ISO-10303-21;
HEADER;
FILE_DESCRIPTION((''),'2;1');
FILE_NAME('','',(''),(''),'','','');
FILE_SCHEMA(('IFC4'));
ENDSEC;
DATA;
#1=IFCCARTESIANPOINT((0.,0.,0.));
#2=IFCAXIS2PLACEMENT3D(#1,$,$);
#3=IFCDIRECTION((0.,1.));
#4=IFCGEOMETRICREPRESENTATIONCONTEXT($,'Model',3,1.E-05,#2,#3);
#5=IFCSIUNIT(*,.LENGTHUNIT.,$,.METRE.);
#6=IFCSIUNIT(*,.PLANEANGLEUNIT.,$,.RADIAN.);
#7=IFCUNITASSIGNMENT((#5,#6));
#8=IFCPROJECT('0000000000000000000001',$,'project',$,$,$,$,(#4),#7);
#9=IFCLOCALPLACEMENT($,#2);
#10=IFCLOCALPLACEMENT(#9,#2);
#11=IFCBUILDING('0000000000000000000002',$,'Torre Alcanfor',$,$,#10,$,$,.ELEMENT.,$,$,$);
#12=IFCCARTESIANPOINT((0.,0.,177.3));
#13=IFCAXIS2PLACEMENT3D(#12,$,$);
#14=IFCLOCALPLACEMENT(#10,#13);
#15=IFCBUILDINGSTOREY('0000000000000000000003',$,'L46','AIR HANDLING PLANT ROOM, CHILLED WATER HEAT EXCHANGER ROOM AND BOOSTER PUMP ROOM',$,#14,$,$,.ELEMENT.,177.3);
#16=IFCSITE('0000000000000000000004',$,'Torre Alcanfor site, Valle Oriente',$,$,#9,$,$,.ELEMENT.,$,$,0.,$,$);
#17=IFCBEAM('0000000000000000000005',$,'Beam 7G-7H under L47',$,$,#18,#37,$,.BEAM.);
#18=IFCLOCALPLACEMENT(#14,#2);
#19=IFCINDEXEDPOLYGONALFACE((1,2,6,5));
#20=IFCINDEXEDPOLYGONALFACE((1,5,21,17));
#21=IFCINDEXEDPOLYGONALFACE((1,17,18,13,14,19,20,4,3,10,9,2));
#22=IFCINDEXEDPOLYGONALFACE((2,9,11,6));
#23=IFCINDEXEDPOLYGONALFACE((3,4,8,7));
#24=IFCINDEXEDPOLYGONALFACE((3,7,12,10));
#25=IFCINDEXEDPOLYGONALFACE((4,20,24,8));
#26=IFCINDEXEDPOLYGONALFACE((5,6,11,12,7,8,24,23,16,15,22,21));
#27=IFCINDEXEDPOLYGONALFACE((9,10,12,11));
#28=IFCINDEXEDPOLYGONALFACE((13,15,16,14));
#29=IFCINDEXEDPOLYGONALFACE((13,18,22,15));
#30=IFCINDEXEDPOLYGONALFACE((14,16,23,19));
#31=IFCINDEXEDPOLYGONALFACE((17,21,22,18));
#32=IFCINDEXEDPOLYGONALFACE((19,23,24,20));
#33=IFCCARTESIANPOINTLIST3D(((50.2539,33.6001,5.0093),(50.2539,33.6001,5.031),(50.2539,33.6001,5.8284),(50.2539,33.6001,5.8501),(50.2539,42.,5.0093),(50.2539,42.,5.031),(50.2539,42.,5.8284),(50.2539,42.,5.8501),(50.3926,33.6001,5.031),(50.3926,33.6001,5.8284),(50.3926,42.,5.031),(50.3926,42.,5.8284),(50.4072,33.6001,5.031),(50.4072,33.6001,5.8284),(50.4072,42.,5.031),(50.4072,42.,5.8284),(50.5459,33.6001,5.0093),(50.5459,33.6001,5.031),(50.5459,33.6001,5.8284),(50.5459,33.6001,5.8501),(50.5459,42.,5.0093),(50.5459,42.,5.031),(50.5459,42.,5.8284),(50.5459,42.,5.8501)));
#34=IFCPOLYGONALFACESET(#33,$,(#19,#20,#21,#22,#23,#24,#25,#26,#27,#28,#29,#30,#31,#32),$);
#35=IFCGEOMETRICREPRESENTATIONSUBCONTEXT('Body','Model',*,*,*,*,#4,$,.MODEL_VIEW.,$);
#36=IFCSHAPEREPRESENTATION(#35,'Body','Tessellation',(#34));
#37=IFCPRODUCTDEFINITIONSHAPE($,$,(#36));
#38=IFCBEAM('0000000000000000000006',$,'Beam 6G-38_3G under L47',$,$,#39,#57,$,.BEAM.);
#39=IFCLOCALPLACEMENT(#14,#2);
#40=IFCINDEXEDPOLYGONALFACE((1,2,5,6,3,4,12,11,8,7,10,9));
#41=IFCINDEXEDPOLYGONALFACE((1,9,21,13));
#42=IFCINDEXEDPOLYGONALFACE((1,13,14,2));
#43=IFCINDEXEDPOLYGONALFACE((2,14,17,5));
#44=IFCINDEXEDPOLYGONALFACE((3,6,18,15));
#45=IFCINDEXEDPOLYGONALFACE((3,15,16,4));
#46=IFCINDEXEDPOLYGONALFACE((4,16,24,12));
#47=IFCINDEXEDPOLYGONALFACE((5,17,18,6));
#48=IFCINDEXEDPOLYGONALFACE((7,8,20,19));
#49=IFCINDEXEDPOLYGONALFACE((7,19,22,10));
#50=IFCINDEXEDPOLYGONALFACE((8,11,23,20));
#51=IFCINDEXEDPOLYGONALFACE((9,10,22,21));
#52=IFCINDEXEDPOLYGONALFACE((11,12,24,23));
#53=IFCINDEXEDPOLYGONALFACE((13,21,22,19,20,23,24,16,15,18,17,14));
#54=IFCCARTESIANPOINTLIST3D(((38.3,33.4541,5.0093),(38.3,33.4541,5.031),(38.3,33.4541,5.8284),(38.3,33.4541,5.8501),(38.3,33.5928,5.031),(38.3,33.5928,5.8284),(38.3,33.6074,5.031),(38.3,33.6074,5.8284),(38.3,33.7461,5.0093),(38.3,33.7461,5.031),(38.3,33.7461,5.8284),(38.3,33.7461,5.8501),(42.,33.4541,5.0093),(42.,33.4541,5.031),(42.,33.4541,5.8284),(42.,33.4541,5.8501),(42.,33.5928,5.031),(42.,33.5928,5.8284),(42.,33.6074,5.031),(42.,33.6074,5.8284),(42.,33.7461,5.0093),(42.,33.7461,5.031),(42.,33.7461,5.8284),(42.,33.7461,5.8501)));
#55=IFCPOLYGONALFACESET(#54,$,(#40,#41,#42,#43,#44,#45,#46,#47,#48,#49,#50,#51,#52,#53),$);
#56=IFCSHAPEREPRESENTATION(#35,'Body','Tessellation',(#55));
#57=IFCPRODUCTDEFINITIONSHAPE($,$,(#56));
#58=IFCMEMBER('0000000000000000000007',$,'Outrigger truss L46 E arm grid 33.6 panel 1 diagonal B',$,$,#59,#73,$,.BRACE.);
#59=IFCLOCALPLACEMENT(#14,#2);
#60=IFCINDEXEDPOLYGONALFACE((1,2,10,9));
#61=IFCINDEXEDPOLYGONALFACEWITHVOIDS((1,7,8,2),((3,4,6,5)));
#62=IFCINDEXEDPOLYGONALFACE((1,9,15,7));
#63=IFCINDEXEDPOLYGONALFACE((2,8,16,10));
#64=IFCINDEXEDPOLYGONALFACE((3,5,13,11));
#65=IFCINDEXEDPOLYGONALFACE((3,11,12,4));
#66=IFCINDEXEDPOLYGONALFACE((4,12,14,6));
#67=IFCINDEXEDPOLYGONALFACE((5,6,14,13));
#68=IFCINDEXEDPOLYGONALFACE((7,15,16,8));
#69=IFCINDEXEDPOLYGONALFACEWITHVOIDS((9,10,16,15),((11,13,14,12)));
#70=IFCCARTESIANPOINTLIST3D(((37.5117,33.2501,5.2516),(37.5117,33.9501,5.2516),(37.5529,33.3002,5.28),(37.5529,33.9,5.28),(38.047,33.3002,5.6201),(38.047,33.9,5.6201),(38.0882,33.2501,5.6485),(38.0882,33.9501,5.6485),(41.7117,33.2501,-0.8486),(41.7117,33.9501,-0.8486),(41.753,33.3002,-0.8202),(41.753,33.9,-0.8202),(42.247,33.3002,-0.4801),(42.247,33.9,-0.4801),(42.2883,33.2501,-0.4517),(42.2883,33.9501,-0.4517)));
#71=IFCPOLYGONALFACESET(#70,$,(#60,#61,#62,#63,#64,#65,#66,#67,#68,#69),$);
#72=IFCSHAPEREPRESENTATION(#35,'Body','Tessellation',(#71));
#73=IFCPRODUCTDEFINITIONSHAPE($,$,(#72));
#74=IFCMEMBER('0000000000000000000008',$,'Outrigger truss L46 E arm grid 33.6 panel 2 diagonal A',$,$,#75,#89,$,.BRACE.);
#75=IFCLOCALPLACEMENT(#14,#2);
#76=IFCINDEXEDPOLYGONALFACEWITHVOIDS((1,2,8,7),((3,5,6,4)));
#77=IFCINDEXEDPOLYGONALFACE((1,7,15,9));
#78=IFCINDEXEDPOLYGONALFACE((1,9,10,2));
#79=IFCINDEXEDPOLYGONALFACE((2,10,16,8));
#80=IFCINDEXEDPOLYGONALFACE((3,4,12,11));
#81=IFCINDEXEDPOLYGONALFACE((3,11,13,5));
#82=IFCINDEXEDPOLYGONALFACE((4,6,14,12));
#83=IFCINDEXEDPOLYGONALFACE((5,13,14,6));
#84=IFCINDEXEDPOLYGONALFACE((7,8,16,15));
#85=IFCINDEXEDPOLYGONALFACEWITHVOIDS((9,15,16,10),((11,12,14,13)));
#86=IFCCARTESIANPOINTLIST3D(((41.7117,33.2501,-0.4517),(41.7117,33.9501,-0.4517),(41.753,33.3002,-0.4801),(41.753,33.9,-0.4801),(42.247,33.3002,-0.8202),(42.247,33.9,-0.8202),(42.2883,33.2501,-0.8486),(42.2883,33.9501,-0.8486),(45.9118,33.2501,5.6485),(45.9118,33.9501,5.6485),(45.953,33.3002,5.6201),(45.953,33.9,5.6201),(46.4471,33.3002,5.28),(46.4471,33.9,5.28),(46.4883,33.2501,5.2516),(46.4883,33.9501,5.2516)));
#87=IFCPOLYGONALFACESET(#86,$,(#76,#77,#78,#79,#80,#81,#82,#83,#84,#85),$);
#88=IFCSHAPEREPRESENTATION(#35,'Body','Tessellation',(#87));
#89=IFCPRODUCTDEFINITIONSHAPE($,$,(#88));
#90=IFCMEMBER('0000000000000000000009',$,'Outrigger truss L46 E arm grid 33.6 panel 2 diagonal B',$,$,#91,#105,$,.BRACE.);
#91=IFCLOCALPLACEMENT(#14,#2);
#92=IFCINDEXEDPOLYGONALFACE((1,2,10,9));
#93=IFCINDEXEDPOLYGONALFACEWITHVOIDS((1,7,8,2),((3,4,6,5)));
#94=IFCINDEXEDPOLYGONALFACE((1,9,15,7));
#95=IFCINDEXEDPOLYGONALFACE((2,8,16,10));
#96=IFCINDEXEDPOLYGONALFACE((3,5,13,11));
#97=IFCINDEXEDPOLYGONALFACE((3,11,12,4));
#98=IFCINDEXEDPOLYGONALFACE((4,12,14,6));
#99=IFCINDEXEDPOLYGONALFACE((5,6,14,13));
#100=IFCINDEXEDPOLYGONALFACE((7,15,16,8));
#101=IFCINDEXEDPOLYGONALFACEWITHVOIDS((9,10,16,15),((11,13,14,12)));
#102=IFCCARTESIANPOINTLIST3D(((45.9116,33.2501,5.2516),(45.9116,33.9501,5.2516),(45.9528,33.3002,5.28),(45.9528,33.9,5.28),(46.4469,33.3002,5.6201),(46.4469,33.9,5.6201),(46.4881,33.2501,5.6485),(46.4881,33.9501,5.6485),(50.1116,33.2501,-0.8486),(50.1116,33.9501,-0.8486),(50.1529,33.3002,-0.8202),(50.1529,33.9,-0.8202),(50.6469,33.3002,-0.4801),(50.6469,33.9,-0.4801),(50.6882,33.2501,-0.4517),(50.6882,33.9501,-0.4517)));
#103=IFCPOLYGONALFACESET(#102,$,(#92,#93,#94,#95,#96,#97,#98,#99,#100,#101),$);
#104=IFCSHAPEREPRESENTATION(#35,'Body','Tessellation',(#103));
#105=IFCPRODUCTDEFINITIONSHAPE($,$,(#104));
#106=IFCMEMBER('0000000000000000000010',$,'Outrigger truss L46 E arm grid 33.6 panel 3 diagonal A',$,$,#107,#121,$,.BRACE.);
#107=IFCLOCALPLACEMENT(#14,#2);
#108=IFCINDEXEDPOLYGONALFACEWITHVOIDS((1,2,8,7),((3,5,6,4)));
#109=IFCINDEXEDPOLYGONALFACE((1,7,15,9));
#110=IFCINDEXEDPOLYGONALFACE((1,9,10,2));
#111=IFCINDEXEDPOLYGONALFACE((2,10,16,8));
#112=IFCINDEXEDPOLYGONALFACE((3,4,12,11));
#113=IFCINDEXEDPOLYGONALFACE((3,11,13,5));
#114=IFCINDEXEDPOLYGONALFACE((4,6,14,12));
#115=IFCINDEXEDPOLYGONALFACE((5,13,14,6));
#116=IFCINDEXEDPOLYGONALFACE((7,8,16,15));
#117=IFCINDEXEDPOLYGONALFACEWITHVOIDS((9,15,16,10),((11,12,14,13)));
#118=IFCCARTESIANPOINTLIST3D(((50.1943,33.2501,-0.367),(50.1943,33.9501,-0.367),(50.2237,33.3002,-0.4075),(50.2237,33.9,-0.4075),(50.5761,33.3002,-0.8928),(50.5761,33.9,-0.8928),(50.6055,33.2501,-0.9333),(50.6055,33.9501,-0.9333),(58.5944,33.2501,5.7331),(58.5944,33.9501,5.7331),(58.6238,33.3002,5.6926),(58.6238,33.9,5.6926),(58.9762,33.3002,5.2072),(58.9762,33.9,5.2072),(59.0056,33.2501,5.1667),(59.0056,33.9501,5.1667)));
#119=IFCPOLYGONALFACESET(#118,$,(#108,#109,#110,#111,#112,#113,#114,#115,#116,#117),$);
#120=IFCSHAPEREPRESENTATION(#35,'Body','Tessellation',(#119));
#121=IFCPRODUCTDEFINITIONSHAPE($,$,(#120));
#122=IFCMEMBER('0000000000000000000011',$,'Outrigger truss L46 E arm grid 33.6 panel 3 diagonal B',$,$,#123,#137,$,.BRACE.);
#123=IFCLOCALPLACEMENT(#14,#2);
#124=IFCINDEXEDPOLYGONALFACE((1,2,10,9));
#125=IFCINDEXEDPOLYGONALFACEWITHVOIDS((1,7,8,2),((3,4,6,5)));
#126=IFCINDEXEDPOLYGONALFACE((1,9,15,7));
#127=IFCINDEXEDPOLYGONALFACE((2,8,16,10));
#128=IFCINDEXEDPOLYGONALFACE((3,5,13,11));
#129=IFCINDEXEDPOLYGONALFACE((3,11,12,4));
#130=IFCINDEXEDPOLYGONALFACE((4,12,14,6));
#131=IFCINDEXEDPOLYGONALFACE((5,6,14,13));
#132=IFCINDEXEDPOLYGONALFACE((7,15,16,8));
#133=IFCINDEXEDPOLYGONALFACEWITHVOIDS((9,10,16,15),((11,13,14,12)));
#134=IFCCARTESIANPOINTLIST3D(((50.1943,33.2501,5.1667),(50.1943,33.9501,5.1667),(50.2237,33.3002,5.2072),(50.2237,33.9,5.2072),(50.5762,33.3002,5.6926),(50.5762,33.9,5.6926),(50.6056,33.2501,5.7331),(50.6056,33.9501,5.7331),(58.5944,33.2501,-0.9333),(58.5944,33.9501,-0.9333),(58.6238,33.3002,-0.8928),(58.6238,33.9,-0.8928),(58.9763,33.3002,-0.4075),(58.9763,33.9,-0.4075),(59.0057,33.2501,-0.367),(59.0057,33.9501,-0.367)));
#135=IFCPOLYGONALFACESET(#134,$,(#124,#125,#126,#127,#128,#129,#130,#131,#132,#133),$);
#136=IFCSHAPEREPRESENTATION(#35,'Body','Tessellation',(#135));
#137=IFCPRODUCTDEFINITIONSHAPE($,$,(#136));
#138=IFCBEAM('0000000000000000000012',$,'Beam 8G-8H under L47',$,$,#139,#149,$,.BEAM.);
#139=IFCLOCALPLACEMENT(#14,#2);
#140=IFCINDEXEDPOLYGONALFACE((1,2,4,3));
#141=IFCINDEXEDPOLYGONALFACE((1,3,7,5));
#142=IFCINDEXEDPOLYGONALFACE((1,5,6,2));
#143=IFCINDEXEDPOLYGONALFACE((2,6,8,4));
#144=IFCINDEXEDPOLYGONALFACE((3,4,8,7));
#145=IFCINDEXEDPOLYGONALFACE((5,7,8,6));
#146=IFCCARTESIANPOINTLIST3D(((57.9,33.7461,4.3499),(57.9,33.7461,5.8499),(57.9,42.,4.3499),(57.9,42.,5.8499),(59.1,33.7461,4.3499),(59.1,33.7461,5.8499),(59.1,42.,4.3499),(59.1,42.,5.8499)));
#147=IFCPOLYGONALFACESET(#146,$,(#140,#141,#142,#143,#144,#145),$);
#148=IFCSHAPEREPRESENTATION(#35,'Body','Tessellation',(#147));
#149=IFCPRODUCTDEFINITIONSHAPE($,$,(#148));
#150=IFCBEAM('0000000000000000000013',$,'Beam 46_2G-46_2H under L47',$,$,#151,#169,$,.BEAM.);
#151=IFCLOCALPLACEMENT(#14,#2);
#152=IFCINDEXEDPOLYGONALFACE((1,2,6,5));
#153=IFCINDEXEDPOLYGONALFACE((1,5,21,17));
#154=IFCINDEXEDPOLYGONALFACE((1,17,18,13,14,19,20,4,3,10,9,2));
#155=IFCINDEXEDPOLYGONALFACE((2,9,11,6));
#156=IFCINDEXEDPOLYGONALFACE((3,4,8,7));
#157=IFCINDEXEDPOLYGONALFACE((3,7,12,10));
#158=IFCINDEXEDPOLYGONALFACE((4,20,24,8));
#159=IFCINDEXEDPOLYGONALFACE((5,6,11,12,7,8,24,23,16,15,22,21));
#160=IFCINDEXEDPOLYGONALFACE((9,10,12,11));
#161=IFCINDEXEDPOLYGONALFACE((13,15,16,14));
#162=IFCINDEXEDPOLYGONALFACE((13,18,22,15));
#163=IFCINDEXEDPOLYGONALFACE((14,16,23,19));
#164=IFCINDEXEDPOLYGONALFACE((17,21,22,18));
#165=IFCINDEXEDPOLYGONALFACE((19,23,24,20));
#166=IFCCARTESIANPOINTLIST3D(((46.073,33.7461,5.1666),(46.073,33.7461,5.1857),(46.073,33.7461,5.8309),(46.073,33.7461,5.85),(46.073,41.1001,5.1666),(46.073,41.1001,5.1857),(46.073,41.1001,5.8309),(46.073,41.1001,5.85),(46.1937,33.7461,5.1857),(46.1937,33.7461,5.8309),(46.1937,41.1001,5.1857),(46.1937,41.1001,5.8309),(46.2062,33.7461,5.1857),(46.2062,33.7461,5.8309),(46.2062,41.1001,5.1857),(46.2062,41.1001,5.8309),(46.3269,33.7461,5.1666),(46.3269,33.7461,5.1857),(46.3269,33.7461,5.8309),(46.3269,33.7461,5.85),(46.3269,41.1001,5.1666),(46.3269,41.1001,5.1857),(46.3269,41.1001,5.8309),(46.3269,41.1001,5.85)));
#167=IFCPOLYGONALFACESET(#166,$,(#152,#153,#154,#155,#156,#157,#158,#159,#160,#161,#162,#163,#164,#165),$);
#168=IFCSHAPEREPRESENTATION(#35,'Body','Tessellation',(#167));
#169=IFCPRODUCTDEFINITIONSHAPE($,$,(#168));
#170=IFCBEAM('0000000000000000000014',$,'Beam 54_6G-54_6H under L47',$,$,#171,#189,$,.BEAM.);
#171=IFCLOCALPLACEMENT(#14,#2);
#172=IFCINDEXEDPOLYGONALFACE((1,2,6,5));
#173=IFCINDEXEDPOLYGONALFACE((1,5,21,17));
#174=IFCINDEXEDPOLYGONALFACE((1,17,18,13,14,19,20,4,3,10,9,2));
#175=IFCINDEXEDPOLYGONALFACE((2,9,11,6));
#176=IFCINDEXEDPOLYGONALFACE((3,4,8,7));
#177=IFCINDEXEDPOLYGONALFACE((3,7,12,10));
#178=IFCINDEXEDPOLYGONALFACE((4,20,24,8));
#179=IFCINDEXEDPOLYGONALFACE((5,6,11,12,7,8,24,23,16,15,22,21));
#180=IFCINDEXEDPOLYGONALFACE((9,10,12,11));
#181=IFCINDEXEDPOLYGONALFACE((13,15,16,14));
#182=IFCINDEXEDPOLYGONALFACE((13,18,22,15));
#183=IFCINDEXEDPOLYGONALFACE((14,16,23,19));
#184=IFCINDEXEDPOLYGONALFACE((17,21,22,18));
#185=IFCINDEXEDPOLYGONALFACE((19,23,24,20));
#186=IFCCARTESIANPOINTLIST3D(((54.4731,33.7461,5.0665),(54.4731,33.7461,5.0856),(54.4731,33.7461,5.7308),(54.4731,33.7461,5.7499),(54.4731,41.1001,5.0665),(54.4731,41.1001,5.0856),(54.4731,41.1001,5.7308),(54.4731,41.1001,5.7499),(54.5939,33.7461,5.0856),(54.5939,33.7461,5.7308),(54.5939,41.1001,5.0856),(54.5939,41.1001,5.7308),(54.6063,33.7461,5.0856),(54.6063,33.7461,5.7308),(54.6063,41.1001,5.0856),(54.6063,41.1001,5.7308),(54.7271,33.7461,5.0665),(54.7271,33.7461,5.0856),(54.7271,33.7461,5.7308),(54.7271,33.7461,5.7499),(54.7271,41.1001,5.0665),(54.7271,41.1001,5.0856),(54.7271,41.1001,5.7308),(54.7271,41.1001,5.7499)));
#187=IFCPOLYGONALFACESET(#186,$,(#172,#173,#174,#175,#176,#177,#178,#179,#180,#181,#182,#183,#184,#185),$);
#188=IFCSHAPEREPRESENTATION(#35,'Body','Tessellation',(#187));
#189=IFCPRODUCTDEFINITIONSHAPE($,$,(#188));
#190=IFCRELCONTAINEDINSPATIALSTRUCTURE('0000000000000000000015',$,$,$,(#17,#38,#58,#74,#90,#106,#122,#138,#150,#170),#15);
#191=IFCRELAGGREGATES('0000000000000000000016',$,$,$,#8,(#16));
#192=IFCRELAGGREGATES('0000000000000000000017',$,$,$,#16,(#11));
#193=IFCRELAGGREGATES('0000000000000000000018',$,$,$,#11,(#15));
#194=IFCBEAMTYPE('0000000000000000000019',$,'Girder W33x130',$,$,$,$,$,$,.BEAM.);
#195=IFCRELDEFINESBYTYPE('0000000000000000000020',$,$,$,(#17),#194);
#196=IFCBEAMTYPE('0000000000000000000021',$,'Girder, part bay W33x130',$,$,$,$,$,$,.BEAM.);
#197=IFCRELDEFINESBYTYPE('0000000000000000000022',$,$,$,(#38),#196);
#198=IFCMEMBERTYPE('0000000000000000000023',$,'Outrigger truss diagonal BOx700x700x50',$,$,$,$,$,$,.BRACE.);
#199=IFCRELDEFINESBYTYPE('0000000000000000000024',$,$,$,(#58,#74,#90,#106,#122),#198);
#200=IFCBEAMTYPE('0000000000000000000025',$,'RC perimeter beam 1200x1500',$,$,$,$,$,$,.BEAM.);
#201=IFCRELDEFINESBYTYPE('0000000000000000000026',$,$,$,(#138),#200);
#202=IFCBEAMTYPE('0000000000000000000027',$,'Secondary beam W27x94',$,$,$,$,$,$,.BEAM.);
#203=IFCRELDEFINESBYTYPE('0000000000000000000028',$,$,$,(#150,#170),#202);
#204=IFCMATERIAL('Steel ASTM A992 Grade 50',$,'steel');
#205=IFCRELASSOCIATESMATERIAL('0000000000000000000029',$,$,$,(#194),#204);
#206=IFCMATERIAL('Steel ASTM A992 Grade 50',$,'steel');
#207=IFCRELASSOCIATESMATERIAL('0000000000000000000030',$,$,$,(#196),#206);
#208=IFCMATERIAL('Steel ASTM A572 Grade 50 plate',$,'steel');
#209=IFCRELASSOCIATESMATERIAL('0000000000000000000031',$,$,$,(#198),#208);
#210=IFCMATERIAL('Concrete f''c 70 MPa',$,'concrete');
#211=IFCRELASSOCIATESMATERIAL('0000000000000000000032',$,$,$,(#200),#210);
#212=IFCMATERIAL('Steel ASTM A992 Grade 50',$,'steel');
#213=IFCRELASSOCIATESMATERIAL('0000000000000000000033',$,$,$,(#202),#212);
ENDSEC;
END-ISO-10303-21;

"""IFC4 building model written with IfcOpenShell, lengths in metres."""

from ifc_helpers import new_model, si_unit, direction, frame, origin, origin_2d, place, context, subcontext, project, spatial, rectangle, hollow_rectangle, i_section, extrude, material, material_profile, profile_set, type_object, element, save


model = new_model("IFC4")

# Units and contexts
model_context = context("Model", 3, precision=1e-05, world=origin(), true_north=direction((0.0, 1.0)))
body_context = subcontext(model_context, "Body", "Model", "MODEL_VIEW")
ifc_project = project(units=[si_unit("LENGTHUNIT", "METRE"), si_unit("PLANEANGLEUNIT", "RADIAN")], contexts=[model_context])

# Site, building, storey
site_placement = place(None, origin())
site = spatial("IfcSite", under=ifc_project, at=site_placement, Name="Torre Alcanfor site, Valle Oriente", CompositionType="ELEMENT", RefElevation=0.0)
building_placement = place(site_placement, origin())
building = spatial("IfcBuilding", under=site, at=building_placement, Name="Torre Alcanfor", CompositionType="ELEMENT")
storey_placement = place(building_placement, frame((0.0, 0.0, 177.3)))
storey = spatial("IfcBuildingStorey", under=building, at=storey_placement, Name="L46", Description="AIR HANDLING PLANT ROOM, CHILLED WATER HEAT EXCHANGER ROOM AND BOOSTER PUMP ROOM", CompositionType="ELEMENT", Elevation=177.3)

# Beams
ifc_material_1 = material(Name="Steel ASTM A992 Grade 50", Category="steel")
ifc_material_profile_1 = material_profile(ifc_material_1, i_section(OverallWidth=0.292, OverallDepth=0.8408, WebThickness=0.0146, FlangeThickness=0.0217, at=origin_2d()), Name="W33x130")
ifc_profile_set_1 = profile_set([ifc_material_profile_1], Name="Steel ASTM A992 Grade 50")
beam_type_1 = type_object("IfcBeamType", Name="Girder W33x130", PredefinedType="BEAM", material=ifc_profile_set_1)
for number, where, z_axis, x_axis, name in (
    (1, (50.3999, 33.6001, 5.4297), (0.0, 1.0, 0.0), (-1.0, 0.0, 0.0), "Beam 7G-7H under L47"),
):
    element("IfcBeam", number, at=place(storey_placement, frame(where, z_axis=z_axis, x_axis=x_axis)), inside=storey, type_object=beam_type_1, Name=name, PredefinedType="BEAM", context=body_context, shape_type="SweptSolid", body=[
        extrude(i_section(OverallWidth=0.292, OverallDepth=0.8408, WebThickness=0.0146, FlangeThickness=0.0217, at=origin_2d()), origin(), (0.0, 0.0, 1.0), 8.3999),
    ])
ifc_material_2 = material(Name="Steel ASTM A992 Grade 50", Category="steel")
ifc_material_profile_2 = material_profile(ifc_material_2, i_section(OverallWidth=0.292, OverallDepth=0.8408, WebThickness=0.0146, FlangeThickness=0.0217, at=origin_2d()), Name="W33x130")
ifc_profile_set_2 = profile_set([ifc_material_profile_2], Name="Steel ASTM A992 Grade 50")
beam_type_2 = type_object("IfcBeamType", Name="Girder, part bay W33x130", PredefinedType="BEAM", material=ifc_profile_set_2)
beam_1_placement = place(storey_placement, frame((42.0, 33.6001, 5.4297), z_axis=(-1.0, 0.0, 0.0), x_axis=(0.0, -1.0, 0.0)))
element("IfcBeam", 2, at=beam_1_placement, inside=storey, type_object=beam_type_2, Name="Beam 6G-38_3G under L47", PredefinedType="BEAM", context=body_context, shape_type="SweptSolid", body=[
    extrude(i_section(OverallWidth=0.292, OverallDepth=0.8408, WebThickness=0.0146, FlangeThickness=0.0217, at=origin_2d()), origin(), (0.0, 0.0, 1.0), 3.7),
])

# Members
ifc_material_3 = material(Name="Steel ASTM A572 Grade 50 plate", Category="steel")
ifc_material_profile_3 = material_profile(ifc_material_3, hollow_rectangle(XDim=0.7, YDim=0.7, WallThickness=0.05, at=origin_2d()), Name="BOX 700x700x50")
ifc_profile_set_3 = profile_set([ifc_material_profile_3], Name="Steel ASTM A572 Grade 50 plate")
member_type_1 = type_object("IfcMemberType", Name="Outrigger truss diagonal BOx700x700x50", PredefinedType="BRACE", material=ifc_profile_set_3)
for number, where, z_axis, x_axis, name in (
    (3, (42.0, 33.6001, -0.6501), (-0.567091, 0.0, 0.823655), (0.0, -1.0, 0.0), "Outrigger truss L46 E arm grid 33.6 panel 1 diagonal B"),
    (4, (42.0, 33.6001, -0.6501), (0.567091, 0.0, 0.823655), (0.0, 1.0, 0.0), "Outrigger truss L46 E arm grid 33.6 panel 2 diagonal A"),
    (5, (50.3999, 33.6001, -0.6501), (-0.567091, 0.0, 0.823655), (0.0, -1.0, 0.0), "Outrigger truss L46 E arm grid 33.6 panel 2 diagonal B"),
):
    element("IfcMember", number, at=place(storey_placement, frame(where, z_axis=z_axis, x_axis=x_axis)), inside=storey, type_object=member_type_1, Name=name, PredefinedType="BRACE", context=body_context, shape_type="SweptSolid", body=[
        extrude(hollow_rectangle(XDim=0.7, YDim=0.7, WallThickness=0.05, at=origin_2d()), origin(), (0.0, 0.0, 1.0), 7.4062),
    ])
for number, where, z_axis, x_axis, name in (
    (6, (50.3999, 33.6001, -0.6501), (0.809153, 0.0, 0.587598), (0.0, 1.0, 0.0), "Outrigger truss L46 E arm grid 33.6 panel 3 diagonal A"),
    (7, (58.8, 33.6001, -0.6501), (-0.809153, 0.0, 0.587598), (0.0, -1.0, 0.0), "Outrigger truss L46 E arm grid 33.6 panel 3 diagonal B"),
):
    element("IfcMember", number, at=place(storey_placement, frame(where, z_axis=z_axis, x_axis=x_axis)), inside=storey, type_object=member_type_1, Name=name, PredefinedType="BRACE", context=body_context, shape_type="SweptSolid", body=[
        extrude(hollow_rectangle(XDim=0.7, YDim=0.7, WallThickness=0.05, at=origin_2d()), origin(), (0.0, 0.0, 1.0), 10.3813),
    ])

# Beams
ifc_material_4 = material(Name="Concrete f'c 70 MPa", Category="concrete")
ifc_material_profile_4 = material_profile(ifc_material_4, rectangle(XDim=1.2, YDim=1.5, at=origin_2d()), Name="1200x1500")
ifc_profile_set_4 = profile_set([ifc_material_profile_4], Name="Concrete f'c 70 MPa")
beam_type_3 = type_object("IfcBeamType", Name="RC perimeter beam 1200x1500", PredefinedType="BEAM", material=ifc_profile_set_4)
beam_2_placement = place(storey_placement, frame((58.5, 33.7461, 5.0999), z_axis=(0.0, 1.0, 0.0), x_axis=(-1.0, 0.0, 0.0)))
element("IfcBeam", 8, at=beam_2_placement, inside=storey, type_object=beam_type_3, Name="Beam 8G-8H under L47", PredefinedType="BEAM", context=body_context, shape_type="SweptSolid", body=[
    extrude(rectangle(XDim=1.2, YDim=1.5, at=origin_2d()), origin(), (0.0, 0.0, 1.0), 8.2539),
])
ifc_material_5 = material(Name="Steel ASTM A992 Grade 50", Category="steel")
ifc_material_profile_5 = material_profile(ifc_material_5, i_section(OverallWidth=0.2539, OverallDepth=0.6833, WebThickness=0.0125, FlangeThickness=0.019, at=origin_2d()), Name="W27x94")
ifc_profile_set_5 = profile_set([ifc_material_profile_5], Name="Steel ASTM A992 Grade 50")
beam_type_4 = type_object("IfcBeamType", Name="Secondary beam W27x94", PredefinedType="BEAM", material=ifc_profile_set_5)
for number, where, z_axis, x_axis, name in (
    (9, (46.2, 33.7461, 5.5083), (0.0, 1.0, 0.0), (-1.0, 0.0, 0.0), "Beam 46_2G-46_2H under L47"),
    (10, (54.6001, 33.7461, 5.4082), (0.0, 1.0, 0.0), (-1.0, 0.0, 0.0), "Beam 54_6G-54_6H under L47"),
):
    element("IfcBeam", number, at=place(storey_placement, frame(where, z_axis=z_axis, x_axis=x_axis)), inside=storey, type_object=beam_type_4, Name=name, PredefinedType="BEAM", context=body_context, shape_type="SweptSolid", body=[
        extrude(i_section(OverallWidth=0.2539, OverallDepth=0.6833, WebThickness=0.0125, FlangeThickness=0.019, at=origin_2d()), origin(), (0.0, 0.0, 1.0), 7.354),
    ])

save(model, "model.ifc")
